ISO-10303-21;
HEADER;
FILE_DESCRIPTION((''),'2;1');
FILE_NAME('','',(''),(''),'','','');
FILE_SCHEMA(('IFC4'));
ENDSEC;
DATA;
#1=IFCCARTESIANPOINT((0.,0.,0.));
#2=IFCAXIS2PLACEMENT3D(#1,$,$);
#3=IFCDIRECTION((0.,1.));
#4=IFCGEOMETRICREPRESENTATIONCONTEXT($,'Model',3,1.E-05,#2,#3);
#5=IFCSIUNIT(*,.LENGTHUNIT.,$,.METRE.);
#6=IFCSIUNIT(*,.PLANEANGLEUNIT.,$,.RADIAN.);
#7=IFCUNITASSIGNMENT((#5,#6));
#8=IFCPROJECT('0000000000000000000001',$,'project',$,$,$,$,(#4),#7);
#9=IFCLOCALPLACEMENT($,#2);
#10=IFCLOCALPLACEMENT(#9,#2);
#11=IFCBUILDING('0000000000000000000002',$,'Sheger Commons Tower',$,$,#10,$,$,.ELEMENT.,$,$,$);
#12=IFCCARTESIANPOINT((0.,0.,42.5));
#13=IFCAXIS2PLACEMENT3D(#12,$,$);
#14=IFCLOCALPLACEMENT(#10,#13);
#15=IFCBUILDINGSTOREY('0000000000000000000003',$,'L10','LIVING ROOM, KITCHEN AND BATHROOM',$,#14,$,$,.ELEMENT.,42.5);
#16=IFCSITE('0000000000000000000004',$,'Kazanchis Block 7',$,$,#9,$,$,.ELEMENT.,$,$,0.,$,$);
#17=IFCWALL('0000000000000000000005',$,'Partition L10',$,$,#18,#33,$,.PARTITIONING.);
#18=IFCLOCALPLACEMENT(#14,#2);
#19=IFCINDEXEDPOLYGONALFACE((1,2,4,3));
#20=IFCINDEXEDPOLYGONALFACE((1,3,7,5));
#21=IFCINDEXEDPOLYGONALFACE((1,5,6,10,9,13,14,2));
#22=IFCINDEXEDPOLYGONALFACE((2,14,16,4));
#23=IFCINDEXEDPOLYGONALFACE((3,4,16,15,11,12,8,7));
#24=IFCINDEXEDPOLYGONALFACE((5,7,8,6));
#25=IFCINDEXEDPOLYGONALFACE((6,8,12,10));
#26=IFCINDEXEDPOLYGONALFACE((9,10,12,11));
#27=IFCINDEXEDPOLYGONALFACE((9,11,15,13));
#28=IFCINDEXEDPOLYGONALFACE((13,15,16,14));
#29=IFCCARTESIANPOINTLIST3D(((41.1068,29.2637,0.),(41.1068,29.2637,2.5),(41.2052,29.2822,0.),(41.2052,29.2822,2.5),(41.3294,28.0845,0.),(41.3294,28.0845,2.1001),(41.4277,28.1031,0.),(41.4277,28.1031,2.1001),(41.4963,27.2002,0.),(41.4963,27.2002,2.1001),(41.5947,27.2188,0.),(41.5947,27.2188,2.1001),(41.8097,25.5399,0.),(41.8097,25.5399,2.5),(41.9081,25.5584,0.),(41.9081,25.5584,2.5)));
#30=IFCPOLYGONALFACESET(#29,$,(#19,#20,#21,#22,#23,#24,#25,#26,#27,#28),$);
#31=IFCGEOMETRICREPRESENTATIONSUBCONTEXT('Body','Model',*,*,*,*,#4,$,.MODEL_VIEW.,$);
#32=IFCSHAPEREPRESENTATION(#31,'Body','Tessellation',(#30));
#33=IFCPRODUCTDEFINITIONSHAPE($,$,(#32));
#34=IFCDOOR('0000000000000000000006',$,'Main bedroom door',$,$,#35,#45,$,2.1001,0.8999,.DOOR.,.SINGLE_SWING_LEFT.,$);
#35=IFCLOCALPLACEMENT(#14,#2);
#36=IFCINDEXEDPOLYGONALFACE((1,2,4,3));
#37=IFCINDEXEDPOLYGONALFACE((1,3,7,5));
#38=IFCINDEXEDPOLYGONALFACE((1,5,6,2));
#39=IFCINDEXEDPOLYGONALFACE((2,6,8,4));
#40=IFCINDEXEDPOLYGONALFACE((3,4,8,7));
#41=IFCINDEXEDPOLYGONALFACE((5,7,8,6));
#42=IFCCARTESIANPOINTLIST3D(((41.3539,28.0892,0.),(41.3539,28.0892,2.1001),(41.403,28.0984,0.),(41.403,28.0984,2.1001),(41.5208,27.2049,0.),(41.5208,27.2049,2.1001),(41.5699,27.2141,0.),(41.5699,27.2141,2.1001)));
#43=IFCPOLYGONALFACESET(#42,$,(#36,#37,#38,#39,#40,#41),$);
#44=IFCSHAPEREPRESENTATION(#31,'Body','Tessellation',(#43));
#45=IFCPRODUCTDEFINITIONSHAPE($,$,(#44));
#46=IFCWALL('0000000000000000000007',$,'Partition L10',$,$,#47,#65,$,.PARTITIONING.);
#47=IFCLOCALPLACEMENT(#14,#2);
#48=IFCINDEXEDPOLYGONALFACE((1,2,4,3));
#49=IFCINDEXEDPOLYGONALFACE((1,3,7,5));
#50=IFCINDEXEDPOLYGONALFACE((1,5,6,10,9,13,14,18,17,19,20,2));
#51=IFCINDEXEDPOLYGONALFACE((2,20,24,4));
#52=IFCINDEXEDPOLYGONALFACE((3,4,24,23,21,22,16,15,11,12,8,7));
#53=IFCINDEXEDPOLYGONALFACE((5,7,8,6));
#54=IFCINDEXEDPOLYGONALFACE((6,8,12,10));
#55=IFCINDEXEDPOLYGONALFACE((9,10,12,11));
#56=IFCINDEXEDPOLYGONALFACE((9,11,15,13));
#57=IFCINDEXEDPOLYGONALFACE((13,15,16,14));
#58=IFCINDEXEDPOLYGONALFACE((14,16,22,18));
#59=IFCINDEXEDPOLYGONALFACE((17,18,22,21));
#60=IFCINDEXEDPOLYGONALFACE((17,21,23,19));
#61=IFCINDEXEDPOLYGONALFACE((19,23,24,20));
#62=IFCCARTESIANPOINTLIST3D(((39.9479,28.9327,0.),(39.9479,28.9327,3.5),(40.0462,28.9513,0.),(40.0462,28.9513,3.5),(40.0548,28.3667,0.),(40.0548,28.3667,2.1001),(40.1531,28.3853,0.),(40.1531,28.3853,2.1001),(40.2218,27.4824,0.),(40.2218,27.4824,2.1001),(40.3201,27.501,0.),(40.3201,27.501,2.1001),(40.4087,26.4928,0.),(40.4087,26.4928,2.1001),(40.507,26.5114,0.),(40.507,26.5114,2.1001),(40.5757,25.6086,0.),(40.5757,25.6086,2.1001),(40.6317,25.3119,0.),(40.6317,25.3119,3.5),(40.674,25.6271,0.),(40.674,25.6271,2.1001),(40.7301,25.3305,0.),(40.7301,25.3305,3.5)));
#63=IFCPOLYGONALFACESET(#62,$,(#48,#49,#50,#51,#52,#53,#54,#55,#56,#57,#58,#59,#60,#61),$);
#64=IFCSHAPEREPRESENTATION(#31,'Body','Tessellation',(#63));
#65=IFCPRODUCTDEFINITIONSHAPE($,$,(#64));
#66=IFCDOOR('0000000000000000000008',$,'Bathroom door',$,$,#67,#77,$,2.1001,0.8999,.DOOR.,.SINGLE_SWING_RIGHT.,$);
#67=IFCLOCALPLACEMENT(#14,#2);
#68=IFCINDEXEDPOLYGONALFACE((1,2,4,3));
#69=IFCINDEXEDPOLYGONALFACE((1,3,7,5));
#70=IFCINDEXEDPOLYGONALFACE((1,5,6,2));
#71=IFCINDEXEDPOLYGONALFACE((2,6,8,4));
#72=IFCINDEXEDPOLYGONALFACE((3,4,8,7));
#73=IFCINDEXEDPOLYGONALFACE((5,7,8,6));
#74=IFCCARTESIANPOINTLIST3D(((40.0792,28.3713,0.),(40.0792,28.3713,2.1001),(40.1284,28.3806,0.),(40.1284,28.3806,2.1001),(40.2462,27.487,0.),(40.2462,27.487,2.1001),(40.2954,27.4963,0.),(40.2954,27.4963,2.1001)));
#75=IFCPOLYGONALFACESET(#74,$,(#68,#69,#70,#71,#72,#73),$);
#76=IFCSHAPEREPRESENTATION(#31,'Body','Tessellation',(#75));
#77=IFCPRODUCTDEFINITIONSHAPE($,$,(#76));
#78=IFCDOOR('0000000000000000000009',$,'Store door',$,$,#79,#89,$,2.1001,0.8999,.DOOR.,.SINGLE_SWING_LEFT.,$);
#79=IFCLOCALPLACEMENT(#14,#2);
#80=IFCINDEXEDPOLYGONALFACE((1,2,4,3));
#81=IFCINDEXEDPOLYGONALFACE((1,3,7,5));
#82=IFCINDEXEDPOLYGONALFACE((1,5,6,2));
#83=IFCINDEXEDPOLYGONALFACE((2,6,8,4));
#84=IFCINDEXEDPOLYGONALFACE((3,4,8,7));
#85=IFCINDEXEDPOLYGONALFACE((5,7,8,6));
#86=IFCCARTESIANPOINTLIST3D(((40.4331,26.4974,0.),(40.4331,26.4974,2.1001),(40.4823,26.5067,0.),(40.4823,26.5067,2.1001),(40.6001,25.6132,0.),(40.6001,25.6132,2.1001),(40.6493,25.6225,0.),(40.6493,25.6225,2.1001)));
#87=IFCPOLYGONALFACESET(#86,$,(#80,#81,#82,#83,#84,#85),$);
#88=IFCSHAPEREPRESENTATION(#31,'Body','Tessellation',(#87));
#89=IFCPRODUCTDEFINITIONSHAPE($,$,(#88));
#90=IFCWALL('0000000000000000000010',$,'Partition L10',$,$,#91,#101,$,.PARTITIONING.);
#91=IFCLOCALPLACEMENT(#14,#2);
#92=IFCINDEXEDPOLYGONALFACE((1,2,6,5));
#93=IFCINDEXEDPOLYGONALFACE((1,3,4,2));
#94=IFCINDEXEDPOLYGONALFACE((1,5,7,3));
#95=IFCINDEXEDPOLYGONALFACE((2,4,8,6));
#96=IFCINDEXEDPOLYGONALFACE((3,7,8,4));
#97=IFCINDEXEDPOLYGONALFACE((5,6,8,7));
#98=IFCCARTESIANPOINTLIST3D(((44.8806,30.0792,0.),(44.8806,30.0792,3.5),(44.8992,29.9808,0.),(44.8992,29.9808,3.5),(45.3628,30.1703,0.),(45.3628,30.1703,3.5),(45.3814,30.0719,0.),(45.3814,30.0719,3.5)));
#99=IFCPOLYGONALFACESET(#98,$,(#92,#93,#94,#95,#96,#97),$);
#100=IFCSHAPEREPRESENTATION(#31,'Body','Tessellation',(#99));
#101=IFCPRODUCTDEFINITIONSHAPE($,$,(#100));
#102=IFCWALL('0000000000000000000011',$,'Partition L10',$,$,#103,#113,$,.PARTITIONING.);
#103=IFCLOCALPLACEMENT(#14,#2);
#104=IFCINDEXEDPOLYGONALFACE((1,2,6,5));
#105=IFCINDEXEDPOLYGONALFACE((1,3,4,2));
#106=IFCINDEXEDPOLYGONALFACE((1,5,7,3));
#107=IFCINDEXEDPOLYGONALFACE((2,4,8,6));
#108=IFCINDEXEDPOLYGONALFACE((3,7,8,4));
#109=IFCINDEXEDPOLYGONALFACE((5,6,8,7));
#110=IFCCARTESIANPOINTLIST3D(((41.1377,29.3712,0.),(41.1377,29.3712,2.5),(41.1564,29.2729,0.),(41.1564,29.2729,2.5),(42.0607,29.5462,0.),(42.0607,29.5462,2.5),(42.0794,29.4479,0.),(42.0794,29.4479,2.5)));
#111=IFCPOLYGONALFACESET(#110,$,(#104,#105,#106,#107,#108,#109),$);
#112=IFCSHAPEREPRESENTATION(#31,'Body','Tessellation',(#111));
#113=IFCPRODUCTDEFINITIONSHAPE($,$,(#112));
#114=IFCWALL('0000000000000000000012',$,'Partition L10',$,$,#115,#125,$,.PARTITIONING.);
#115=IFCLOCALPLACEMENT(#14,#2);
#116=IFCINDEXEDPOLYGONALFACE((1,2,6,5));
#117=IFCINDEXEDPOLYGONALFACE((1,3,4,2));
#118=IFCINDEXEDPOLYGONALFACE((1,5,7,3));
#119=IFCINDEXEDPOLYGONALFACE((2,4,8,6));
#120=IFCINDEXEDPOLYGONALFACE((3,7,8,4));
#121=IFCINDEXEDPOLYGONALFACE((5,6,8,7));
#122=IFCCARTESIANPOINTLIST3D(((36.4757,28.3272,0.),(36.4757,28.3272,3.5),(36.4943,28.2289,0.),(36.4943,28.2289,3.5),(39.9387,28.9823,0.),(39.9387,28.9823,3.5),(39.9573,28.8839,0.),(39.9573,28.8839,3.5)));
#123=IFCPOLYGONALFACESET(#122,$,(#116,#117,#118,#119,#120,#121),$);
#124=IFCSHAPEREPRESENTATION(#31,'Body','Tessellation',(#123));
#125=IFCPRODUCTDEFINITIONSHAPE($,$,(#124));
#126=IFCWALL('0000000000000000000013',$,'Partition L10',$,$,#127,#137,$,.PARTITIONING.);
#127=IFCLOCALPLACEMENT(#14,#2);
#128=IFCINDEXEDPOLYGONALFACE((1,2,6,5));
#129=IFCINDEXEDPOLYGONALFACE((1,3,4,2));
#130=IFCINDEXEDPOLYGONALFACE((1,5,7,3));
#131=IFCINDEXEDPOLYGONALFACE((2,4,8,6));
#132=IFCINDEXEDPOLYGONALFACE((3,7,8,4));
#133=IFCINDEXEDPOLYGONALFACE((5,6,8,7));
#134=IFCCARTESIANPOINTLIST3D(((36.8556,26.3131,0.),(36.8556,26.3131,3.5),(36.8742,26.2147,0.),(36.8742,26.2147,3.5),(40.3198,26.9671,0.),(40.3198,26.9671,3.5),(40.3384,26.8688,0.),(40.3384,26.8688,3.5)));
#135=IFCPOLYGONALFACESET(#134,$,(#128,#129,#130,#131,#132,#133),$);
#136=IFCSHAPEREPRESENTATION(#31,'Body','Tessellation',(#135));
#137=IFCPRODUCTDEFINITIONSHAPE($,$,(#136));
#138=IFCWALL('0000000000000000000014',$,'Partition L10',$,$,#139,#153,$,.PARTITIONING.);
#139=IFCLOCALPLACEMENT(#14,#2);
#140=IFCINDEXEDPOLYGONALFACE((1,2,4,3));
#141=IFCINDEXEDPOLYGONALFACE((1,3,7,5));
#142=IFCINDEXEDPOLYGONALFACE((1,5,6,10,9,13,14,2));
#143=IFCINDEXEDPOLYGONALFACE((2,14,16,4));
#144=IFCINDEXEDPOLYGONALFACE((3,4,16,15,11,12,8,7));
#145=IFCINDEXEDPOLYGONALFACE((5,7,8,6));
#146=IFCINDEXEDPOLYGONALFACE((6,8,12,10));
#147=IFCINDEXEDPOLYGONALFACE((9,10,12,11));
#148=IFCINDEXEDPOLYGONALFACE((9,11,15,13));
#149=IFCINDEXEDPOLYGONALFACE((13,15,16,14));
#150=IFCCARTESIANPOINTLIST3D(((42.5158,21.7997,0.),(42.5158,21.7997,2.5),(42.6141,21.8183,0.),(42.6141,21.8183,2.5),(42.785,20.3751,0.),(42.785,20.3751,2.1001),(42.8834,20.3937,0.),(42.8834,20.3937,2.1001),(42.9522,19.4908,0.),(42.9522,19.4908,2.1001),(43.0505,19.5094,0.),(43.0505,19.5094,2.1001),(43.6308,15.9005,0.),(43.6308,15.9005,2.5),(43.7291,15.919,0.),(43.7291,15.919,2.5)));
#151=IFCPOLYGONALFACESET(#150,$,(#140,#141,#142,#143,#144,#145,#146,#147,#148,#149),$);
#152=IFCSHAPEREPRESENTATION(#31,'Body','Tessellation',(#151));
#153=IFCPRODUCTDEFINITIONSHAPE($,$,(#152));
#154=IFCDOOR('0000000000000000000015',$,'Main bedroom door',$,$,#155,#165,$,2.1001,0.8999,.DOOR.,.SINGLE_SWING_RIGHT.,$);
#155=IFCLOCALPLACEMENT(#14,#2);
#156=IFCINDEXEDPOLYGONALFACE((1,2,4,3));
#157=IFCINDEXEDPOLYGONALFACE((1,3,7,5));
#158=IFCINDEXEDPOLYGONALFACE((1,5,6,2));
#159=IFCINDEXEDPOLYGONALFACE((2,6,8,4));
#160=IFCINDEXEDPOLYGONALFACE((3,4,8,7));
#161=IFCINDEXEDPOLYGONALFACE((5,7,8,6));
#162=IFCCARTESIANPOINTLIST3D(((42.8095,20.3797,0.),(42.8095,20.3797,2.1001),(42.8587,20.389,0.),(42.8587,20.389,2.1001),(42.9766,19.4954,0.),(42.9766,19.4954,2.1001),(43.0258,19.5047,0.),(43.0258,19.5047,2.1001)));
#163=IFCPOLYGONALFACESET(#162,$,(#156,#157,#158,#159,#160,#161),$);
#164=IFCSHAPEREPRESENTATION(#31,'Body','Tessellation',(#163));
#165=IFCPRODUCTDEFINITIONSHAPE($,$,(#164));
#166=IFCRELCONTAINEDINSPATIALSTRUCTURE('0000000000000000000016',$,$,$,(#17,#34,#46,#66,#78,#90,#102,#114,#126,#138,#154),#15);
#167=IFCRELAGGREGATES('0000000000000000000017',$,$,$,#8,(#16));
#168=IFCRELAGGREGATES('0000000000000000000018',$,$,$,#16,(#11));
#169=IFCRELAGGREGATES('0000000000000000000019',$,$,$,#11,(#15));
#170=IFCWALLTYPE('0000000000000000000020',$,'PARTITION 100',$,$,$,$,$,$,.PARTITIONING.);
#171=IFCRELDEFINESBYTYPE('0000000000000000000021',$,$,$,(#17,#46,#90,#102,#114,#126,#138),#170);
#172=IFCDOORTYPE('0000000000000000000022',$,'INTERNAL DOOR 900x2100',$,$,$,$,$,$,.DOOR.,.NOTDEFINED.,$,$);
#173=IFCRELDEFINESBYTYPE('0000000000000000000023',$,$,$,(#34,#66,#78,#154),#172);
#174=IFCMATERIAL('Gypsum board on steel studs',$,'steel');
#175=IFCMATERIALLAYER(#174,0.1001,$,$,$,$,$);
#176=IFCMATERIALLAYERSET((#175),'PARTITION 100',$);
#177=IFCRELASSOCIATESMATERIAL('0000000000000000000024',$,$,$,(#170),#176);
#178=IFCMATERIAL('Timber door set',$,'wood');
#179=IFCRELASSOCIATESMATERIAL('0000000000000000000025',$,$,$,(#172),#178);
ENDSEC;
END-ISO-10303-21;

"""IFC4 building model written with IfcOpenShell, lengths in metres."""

from ifc_helpers import new_model, si_unit, direction, frame, frame_2d, origin, place, context, subcontext, project, spatial, rectangle, extrude, material, layer, layer_set, type_object, element, fill, save


model = new_model("IFC4")

# Units and contexts
model_context = context("Model", 3, precision=1e-05, world=origin(), true_north=direction((0.0, 1.0)))
body_context = subcontext(model_context, "Body", "Model", "MODEL_VIEW")
ifc_project = project(units=[si_unit("LENGTHUNIT", "METRE"), si_unit("PLANEANGLEUNIT", "RADIAN")], contexts=[model_context])

# Site, building, storey
site_placement = place(None, origin())
site = spatial("IfcSite", under=ifc_project, at=site_placement, Name="Kazanchis Block 7", CompositionType="ELEMENT", RefElevation=0.0)
building_placement = place(site_placement, origin())
building = spatial("IfcBuilding", under=site, at=building_placement, Name="Sheger Commons Tower", CompositionType="ELEMENT")
storey_placement = place(building_placement, frame((0.0, 0.0, 42.5)))
storey = spatial("IfcBuildingStorey", under=building, at=storey_placement, Name="L10", Description="LIVING ROOM, KITCHEN AND BATHROOM", CompositionType="ELEMENT", Elevation=42.5)

# Shared definitions
ifc_material_1 = material(Name="Gypsum board on steel studs", Category="steel")
ifc_layer_1 = layer(ifc_material_1, 0.1001)
ifc_layer_set_1 = layer_set([ifc_layer_1], Name="PARTITION 100")
wall_type_1 = type_object("IfcWallType", Name="PARTITION 100", PredefinedType="PARTITIONING", material=ifc_layer_set_1)

# Wall, opening, door
wall_1_placement = place(storey_placement, frame((41.156, 29.2729, 0.0), z_axis=(0.0, 0.0, 1.0), x_axis=(0.185475, -0.982649, 0.0)))
wall_1 = element("IfcWall", 1, at=wall_1_placement, inside=storey, type_object=wall_type_1, Name="Partition L10", PredefinedType="PARTITIONING", context=body_context, shape_type="SweptSolid", body=[
    extrude(rectangle(XDim=3.7896, YDim=0.1001, at=frame_2d((1.8948, 0.0))), origin(), (0.0, 0.0, 1.0), 2.5),
])
opening_1_placement = place(wall_1_placement, frame((1.2, 0.0, 0.0)))
opening_1 = element("IfcOpeningElement", 2, at=opening_1_placement, cuts=wall_1, PredefinedType="OPENING", context=body_context, shape_type="SweptSolid", body=[
    extrude(rectangle(XDim=0.8999, YDim=2.1001, at=frame_2d((0.45, 1.05))), frame((0.0, 0.0601, 0.0), z_axis=(0.0, -1.0, 0.0), x_axis=(1.0, 0.0, 0.0)), (0.0, 0.0, 1.0), 0.1201),
])
ifc_material_2 = material(Name="Timber door set", Category="wood")
door_type = type_object("IfcDoorType", Name="INTERNAL DOOR 900x2100", OperationType="NOTDEFINED", PredefinedType="DOOR", material=ifc_material_2)
door_1_placement = place(opening_1_placement, origin())
door_1 = element("IfcDoor", 3, at=door_1_placement, inside=storey, type_object=door_type, Name="Main bedroom door", OperationType="SINGLE_SWING_LEFT", OverallHeight=2.1001, OverallWidth=0.8999, PredefinedType="DOOR", context=body_context, shape_type="SweptSolid", body=[
    extrude(rectangle(XDim=0.8999, YDim=2.1001, at=frame_2d((0.45, 1.05))), frame((0.0, 0.0249, 0.0), z_axis=(0.0, -1.0, 0.0), x_axis=(1.0, 0.0, 0.0)), (0.0, 0.0, 1.0), 0.05),
])
fill(opening_1, door_1)

# Wall, openings, doors
wall_2_placement = place(storey_placement, frame((39.9971, 28.9419, 0.0), z_axis=(0.0, 0.0, 1.0), x_axis=(0.18558, -0.982629, 0.0)))
wall_2 = element("IfcWall", 4, at=wall_2_placement, inside=storey, type_object=wall_type_1, Name="Partition L10", PredefinedType="PARTITIONING", context=body_context, shape_type="SweptSolid", body=[
    extrude(rectangle(XDim=3.6848, YDim=0.1001, at=frame_2d((1.8423, 0.0))), origin(), (0.0, 0.0, 1.0), 3.5),
])
opening_2_placement = place(wall_2_placement, frame((0.5759, 0.0, 0.0)))
opening_2 = element("IfcOpeningElement", 5, at=opening_2_placement, cuts=wall_2, PredefinedType="OPENING", context=body_context, shape_type="SweptSolid", body=[
    extrude(rectangle(XDim=0.8999, YDim=2.1001, at=frame_2d((0.45, 1.05))), frame((0.0, 0.0601, 0.0), z_axis=(0.0, -1.0, 0.0), x_axis=(1.0, 0.0, 0.0)), (0.0, 0.0, 1.0), 0.1201),
])
opening_3_placement = place(wall_2_placement, frame((2.4829, 0.0, 0.0)))
opening_3 = element("IfcOpeningElement", 6, at=opening_3_placement, cuts=wall_2, PredefinedType="OPENING", context=body_context, shape_type="SweptSolid", body=[
    extrude(rectangle(XDim=0.8999, YDim=2.1001, at=frame_2d((0.45, 1.05))), frame((0.0, 0.0601, 0.0), z_axis=(0.0, -1.0, 0.0), x_axis=(1.0, 0.0, 0.0)), (0.0, 0.0, 1.0), 0.1201),
])
door_2_placement = place(opening_2_placement, origin())
door_2 = element("IfcDoor", 7, at=door_2_placement, inside=storey, type_object=door_type, Name="Bathroom door", OperationType="SINGLE_SWING_RIGHT", OverallHeight=2.1001, OverallWidth=0.8999, PredefinedType="DOOR", context=body_context, shape_type="SweptSolid", body=[
    extrude(rectangle(XDim=0.8999, YDim=2.1001, at=frame_2d((0.45, 1.05))), frame((0.0, 0.0249, 0.0), z_axis=(0.0, -1.0, 0.0), x_axis=(1.0, 0.0, 0.0)), (0.0, 0.0, 1.0), 0.05),
])
fill(opening_2, door_2)
door_3_placement = place(opening_3_placement, origin())
door_3 = element("IfcDoor", 8, at=door_3_placement, inside=storey, type_object=door_type, Name="Store door", OperationType="SINGLE_SWING_LEFT", OverallHeight=2.1001, OverallWidth=0.8999, PredefinedType="DOOR", context=body_context, shape_type="SweptSolid", body=[
    extrude(rectangle(XDim=0.8999, YDim=2.1001, at=frame_2d((0.45, 1.05))), frame((0.0, 0.0249, 0.0), z_axis=(0.0, -1.0, 0.0), x_axis=(1.0, 0.0, 0.0)), (0.0, 0.0, 1.0), 0.05),
])
fill(opening_3, door_3)

# Walls
wall_3_placement = place(storey_placement, frame((45.3721, 30.1211, 0.0), z_axis=(0.0, 0.0, 1.0), x_axis=(-0.982629, -0.18558, 0.0)))
element("IfcWall", 9, at=wall_3_placement, inside=storey, type_object=wall_type_1, Name="Partition L10", PredefinedType="PARTITIONING", context=body_context, shape_type="SweptSolid", body=[
    extrude(rectangle(XDim=0.4907, YDim=0.1001, at=frame_2d((0.2454, 0.0))), origin(), (0.0, 0.0, 1.0), 3.5),
])
wall_4_placement = place(storey_placement, frame((42.0701, 29.4971, 0.0), z_axis=(0.0, 0.0, 1.0), x_axis=(-0.982491, -0.186312, 0.0)))
element("IfcWall", 10, at=wall_4_placement, inside=storey, type_object=wall_type_1, Name="Partition L10", PredefinedType="PARTITIONING", context=body_context, shape_type="SweptSolid", body=[
    extrude(rectangle(XDim=0.9395, YDim=0.1001, at=frame_2d((0.4697, 0.0))), origin(), (0.0, 0.0, 1.0), 2.5),
])
wall_5_placement = place(storey_placement, frame((39.948, 28.9331, 0.0), z_axis=(0.0, 0.0, 1.0), x_axis=(-0.982576, -0.185861, 0.0)))
element("IfcWall", 11, at=wall_5_placement, inside=storey, type_object=wall_type_1, Name="Partition L10", PredefinedType="PARTITIONING", context=body_context, shape_type="SweptSolid", body=[
    extrude(rectangle(XDim=3.5244, YDim=0.1001, at=frame_2d((1.7622, 0.0))), origin(), (0.0, 0.0, 1.0), 3.5),
])
wall_6_placement = place(storey_placement, frame((40.3291, 26.918, 0.0), z_axis=(0.0, 0.0, 1.0), x_axis=(-0.982639, -0.18553, 0.0)))
element("IfcWall", 12, at=wall_6_placement, inside=storey, type_object=wall_type_1, Name="Partition L10", PredefinedType="PARTITIONING", context=body_context, shape_type="SweptSolid", body=[
    extrude(rectangle(XDim=3.5254, YDim=0.1001, at=frame_2d((1.7627, 0.0))), origin(), (0.0, 0.0, 1.0), 3.5),
])

# Wall, opening, door
wall_7_placement = place(storey_placement, frame((42.5649, 21.8091, 0.0), z_axis=(0.0, 0.0, 1.0), x_axis=(0.18572, -0.982603, 0.0)))
wall_7 = element("IfcWall", 13, at=wall_7_placement, inside=storey, type_object=wall_type_1, Name="Partition L10", PredefinedType="PARTITIONING", context=body_context, shape_type="SweptSolid", body=[
    extrude(rectangle(XDim=6.0037, YDim=0.1001, at=frame_2d((3.002, 0.0))), origin(), (0.0, 0.0, 1.0), 2.5),
])
opening_4_placement = place(wall_7_placement, frame((1.45, 0.0, 0.0)))
opening_4 = element("IfcOpeningElement", 14, at=opening_4_placement, cuts=wall_7, PredefinedType="OPENING", context=body_context, shape_type="SweptSolid", body=[
    extrude(rectangle(XDim=0.8999, YDim=2.1001, at=frame_2d((0.45, 1.05))), frame((0.0, 0.0601, 0.0), z_axis=(0.0, -1.0, 0.0), x_axis=(1.0, 0.0, 0.0)), (0.0, 0.0, 1.0), 0.1201),
])
door_4_placement = place(opening_4_placement, origin())
door_4 = element("IfcDoor", 15, at=door_4_placement, inside=storey, type_object=door_type, Name="Main bedroom door", OperationType="SINGLE_SWING_RIGHT", OverallHeight=2.1001, OverallWidth=0.8999, PredefinedType="DOOR", context=body_context, shape_type="SweptSolid", body=[
    extrude(rectangle(XDim=0.8999, YDim=2.1001, at=frame_2d((0.45, 1.05))), frame((0.0, 0.0249, 0.0), z_axis=(0.0, -1.0, 0.0), x_axis=(1.0, 0.0, 0.0)), (0.0, 0.0, 1.0), 0.05),
])
fill(opening_4, door_4)

save(model, "model.ifc")
